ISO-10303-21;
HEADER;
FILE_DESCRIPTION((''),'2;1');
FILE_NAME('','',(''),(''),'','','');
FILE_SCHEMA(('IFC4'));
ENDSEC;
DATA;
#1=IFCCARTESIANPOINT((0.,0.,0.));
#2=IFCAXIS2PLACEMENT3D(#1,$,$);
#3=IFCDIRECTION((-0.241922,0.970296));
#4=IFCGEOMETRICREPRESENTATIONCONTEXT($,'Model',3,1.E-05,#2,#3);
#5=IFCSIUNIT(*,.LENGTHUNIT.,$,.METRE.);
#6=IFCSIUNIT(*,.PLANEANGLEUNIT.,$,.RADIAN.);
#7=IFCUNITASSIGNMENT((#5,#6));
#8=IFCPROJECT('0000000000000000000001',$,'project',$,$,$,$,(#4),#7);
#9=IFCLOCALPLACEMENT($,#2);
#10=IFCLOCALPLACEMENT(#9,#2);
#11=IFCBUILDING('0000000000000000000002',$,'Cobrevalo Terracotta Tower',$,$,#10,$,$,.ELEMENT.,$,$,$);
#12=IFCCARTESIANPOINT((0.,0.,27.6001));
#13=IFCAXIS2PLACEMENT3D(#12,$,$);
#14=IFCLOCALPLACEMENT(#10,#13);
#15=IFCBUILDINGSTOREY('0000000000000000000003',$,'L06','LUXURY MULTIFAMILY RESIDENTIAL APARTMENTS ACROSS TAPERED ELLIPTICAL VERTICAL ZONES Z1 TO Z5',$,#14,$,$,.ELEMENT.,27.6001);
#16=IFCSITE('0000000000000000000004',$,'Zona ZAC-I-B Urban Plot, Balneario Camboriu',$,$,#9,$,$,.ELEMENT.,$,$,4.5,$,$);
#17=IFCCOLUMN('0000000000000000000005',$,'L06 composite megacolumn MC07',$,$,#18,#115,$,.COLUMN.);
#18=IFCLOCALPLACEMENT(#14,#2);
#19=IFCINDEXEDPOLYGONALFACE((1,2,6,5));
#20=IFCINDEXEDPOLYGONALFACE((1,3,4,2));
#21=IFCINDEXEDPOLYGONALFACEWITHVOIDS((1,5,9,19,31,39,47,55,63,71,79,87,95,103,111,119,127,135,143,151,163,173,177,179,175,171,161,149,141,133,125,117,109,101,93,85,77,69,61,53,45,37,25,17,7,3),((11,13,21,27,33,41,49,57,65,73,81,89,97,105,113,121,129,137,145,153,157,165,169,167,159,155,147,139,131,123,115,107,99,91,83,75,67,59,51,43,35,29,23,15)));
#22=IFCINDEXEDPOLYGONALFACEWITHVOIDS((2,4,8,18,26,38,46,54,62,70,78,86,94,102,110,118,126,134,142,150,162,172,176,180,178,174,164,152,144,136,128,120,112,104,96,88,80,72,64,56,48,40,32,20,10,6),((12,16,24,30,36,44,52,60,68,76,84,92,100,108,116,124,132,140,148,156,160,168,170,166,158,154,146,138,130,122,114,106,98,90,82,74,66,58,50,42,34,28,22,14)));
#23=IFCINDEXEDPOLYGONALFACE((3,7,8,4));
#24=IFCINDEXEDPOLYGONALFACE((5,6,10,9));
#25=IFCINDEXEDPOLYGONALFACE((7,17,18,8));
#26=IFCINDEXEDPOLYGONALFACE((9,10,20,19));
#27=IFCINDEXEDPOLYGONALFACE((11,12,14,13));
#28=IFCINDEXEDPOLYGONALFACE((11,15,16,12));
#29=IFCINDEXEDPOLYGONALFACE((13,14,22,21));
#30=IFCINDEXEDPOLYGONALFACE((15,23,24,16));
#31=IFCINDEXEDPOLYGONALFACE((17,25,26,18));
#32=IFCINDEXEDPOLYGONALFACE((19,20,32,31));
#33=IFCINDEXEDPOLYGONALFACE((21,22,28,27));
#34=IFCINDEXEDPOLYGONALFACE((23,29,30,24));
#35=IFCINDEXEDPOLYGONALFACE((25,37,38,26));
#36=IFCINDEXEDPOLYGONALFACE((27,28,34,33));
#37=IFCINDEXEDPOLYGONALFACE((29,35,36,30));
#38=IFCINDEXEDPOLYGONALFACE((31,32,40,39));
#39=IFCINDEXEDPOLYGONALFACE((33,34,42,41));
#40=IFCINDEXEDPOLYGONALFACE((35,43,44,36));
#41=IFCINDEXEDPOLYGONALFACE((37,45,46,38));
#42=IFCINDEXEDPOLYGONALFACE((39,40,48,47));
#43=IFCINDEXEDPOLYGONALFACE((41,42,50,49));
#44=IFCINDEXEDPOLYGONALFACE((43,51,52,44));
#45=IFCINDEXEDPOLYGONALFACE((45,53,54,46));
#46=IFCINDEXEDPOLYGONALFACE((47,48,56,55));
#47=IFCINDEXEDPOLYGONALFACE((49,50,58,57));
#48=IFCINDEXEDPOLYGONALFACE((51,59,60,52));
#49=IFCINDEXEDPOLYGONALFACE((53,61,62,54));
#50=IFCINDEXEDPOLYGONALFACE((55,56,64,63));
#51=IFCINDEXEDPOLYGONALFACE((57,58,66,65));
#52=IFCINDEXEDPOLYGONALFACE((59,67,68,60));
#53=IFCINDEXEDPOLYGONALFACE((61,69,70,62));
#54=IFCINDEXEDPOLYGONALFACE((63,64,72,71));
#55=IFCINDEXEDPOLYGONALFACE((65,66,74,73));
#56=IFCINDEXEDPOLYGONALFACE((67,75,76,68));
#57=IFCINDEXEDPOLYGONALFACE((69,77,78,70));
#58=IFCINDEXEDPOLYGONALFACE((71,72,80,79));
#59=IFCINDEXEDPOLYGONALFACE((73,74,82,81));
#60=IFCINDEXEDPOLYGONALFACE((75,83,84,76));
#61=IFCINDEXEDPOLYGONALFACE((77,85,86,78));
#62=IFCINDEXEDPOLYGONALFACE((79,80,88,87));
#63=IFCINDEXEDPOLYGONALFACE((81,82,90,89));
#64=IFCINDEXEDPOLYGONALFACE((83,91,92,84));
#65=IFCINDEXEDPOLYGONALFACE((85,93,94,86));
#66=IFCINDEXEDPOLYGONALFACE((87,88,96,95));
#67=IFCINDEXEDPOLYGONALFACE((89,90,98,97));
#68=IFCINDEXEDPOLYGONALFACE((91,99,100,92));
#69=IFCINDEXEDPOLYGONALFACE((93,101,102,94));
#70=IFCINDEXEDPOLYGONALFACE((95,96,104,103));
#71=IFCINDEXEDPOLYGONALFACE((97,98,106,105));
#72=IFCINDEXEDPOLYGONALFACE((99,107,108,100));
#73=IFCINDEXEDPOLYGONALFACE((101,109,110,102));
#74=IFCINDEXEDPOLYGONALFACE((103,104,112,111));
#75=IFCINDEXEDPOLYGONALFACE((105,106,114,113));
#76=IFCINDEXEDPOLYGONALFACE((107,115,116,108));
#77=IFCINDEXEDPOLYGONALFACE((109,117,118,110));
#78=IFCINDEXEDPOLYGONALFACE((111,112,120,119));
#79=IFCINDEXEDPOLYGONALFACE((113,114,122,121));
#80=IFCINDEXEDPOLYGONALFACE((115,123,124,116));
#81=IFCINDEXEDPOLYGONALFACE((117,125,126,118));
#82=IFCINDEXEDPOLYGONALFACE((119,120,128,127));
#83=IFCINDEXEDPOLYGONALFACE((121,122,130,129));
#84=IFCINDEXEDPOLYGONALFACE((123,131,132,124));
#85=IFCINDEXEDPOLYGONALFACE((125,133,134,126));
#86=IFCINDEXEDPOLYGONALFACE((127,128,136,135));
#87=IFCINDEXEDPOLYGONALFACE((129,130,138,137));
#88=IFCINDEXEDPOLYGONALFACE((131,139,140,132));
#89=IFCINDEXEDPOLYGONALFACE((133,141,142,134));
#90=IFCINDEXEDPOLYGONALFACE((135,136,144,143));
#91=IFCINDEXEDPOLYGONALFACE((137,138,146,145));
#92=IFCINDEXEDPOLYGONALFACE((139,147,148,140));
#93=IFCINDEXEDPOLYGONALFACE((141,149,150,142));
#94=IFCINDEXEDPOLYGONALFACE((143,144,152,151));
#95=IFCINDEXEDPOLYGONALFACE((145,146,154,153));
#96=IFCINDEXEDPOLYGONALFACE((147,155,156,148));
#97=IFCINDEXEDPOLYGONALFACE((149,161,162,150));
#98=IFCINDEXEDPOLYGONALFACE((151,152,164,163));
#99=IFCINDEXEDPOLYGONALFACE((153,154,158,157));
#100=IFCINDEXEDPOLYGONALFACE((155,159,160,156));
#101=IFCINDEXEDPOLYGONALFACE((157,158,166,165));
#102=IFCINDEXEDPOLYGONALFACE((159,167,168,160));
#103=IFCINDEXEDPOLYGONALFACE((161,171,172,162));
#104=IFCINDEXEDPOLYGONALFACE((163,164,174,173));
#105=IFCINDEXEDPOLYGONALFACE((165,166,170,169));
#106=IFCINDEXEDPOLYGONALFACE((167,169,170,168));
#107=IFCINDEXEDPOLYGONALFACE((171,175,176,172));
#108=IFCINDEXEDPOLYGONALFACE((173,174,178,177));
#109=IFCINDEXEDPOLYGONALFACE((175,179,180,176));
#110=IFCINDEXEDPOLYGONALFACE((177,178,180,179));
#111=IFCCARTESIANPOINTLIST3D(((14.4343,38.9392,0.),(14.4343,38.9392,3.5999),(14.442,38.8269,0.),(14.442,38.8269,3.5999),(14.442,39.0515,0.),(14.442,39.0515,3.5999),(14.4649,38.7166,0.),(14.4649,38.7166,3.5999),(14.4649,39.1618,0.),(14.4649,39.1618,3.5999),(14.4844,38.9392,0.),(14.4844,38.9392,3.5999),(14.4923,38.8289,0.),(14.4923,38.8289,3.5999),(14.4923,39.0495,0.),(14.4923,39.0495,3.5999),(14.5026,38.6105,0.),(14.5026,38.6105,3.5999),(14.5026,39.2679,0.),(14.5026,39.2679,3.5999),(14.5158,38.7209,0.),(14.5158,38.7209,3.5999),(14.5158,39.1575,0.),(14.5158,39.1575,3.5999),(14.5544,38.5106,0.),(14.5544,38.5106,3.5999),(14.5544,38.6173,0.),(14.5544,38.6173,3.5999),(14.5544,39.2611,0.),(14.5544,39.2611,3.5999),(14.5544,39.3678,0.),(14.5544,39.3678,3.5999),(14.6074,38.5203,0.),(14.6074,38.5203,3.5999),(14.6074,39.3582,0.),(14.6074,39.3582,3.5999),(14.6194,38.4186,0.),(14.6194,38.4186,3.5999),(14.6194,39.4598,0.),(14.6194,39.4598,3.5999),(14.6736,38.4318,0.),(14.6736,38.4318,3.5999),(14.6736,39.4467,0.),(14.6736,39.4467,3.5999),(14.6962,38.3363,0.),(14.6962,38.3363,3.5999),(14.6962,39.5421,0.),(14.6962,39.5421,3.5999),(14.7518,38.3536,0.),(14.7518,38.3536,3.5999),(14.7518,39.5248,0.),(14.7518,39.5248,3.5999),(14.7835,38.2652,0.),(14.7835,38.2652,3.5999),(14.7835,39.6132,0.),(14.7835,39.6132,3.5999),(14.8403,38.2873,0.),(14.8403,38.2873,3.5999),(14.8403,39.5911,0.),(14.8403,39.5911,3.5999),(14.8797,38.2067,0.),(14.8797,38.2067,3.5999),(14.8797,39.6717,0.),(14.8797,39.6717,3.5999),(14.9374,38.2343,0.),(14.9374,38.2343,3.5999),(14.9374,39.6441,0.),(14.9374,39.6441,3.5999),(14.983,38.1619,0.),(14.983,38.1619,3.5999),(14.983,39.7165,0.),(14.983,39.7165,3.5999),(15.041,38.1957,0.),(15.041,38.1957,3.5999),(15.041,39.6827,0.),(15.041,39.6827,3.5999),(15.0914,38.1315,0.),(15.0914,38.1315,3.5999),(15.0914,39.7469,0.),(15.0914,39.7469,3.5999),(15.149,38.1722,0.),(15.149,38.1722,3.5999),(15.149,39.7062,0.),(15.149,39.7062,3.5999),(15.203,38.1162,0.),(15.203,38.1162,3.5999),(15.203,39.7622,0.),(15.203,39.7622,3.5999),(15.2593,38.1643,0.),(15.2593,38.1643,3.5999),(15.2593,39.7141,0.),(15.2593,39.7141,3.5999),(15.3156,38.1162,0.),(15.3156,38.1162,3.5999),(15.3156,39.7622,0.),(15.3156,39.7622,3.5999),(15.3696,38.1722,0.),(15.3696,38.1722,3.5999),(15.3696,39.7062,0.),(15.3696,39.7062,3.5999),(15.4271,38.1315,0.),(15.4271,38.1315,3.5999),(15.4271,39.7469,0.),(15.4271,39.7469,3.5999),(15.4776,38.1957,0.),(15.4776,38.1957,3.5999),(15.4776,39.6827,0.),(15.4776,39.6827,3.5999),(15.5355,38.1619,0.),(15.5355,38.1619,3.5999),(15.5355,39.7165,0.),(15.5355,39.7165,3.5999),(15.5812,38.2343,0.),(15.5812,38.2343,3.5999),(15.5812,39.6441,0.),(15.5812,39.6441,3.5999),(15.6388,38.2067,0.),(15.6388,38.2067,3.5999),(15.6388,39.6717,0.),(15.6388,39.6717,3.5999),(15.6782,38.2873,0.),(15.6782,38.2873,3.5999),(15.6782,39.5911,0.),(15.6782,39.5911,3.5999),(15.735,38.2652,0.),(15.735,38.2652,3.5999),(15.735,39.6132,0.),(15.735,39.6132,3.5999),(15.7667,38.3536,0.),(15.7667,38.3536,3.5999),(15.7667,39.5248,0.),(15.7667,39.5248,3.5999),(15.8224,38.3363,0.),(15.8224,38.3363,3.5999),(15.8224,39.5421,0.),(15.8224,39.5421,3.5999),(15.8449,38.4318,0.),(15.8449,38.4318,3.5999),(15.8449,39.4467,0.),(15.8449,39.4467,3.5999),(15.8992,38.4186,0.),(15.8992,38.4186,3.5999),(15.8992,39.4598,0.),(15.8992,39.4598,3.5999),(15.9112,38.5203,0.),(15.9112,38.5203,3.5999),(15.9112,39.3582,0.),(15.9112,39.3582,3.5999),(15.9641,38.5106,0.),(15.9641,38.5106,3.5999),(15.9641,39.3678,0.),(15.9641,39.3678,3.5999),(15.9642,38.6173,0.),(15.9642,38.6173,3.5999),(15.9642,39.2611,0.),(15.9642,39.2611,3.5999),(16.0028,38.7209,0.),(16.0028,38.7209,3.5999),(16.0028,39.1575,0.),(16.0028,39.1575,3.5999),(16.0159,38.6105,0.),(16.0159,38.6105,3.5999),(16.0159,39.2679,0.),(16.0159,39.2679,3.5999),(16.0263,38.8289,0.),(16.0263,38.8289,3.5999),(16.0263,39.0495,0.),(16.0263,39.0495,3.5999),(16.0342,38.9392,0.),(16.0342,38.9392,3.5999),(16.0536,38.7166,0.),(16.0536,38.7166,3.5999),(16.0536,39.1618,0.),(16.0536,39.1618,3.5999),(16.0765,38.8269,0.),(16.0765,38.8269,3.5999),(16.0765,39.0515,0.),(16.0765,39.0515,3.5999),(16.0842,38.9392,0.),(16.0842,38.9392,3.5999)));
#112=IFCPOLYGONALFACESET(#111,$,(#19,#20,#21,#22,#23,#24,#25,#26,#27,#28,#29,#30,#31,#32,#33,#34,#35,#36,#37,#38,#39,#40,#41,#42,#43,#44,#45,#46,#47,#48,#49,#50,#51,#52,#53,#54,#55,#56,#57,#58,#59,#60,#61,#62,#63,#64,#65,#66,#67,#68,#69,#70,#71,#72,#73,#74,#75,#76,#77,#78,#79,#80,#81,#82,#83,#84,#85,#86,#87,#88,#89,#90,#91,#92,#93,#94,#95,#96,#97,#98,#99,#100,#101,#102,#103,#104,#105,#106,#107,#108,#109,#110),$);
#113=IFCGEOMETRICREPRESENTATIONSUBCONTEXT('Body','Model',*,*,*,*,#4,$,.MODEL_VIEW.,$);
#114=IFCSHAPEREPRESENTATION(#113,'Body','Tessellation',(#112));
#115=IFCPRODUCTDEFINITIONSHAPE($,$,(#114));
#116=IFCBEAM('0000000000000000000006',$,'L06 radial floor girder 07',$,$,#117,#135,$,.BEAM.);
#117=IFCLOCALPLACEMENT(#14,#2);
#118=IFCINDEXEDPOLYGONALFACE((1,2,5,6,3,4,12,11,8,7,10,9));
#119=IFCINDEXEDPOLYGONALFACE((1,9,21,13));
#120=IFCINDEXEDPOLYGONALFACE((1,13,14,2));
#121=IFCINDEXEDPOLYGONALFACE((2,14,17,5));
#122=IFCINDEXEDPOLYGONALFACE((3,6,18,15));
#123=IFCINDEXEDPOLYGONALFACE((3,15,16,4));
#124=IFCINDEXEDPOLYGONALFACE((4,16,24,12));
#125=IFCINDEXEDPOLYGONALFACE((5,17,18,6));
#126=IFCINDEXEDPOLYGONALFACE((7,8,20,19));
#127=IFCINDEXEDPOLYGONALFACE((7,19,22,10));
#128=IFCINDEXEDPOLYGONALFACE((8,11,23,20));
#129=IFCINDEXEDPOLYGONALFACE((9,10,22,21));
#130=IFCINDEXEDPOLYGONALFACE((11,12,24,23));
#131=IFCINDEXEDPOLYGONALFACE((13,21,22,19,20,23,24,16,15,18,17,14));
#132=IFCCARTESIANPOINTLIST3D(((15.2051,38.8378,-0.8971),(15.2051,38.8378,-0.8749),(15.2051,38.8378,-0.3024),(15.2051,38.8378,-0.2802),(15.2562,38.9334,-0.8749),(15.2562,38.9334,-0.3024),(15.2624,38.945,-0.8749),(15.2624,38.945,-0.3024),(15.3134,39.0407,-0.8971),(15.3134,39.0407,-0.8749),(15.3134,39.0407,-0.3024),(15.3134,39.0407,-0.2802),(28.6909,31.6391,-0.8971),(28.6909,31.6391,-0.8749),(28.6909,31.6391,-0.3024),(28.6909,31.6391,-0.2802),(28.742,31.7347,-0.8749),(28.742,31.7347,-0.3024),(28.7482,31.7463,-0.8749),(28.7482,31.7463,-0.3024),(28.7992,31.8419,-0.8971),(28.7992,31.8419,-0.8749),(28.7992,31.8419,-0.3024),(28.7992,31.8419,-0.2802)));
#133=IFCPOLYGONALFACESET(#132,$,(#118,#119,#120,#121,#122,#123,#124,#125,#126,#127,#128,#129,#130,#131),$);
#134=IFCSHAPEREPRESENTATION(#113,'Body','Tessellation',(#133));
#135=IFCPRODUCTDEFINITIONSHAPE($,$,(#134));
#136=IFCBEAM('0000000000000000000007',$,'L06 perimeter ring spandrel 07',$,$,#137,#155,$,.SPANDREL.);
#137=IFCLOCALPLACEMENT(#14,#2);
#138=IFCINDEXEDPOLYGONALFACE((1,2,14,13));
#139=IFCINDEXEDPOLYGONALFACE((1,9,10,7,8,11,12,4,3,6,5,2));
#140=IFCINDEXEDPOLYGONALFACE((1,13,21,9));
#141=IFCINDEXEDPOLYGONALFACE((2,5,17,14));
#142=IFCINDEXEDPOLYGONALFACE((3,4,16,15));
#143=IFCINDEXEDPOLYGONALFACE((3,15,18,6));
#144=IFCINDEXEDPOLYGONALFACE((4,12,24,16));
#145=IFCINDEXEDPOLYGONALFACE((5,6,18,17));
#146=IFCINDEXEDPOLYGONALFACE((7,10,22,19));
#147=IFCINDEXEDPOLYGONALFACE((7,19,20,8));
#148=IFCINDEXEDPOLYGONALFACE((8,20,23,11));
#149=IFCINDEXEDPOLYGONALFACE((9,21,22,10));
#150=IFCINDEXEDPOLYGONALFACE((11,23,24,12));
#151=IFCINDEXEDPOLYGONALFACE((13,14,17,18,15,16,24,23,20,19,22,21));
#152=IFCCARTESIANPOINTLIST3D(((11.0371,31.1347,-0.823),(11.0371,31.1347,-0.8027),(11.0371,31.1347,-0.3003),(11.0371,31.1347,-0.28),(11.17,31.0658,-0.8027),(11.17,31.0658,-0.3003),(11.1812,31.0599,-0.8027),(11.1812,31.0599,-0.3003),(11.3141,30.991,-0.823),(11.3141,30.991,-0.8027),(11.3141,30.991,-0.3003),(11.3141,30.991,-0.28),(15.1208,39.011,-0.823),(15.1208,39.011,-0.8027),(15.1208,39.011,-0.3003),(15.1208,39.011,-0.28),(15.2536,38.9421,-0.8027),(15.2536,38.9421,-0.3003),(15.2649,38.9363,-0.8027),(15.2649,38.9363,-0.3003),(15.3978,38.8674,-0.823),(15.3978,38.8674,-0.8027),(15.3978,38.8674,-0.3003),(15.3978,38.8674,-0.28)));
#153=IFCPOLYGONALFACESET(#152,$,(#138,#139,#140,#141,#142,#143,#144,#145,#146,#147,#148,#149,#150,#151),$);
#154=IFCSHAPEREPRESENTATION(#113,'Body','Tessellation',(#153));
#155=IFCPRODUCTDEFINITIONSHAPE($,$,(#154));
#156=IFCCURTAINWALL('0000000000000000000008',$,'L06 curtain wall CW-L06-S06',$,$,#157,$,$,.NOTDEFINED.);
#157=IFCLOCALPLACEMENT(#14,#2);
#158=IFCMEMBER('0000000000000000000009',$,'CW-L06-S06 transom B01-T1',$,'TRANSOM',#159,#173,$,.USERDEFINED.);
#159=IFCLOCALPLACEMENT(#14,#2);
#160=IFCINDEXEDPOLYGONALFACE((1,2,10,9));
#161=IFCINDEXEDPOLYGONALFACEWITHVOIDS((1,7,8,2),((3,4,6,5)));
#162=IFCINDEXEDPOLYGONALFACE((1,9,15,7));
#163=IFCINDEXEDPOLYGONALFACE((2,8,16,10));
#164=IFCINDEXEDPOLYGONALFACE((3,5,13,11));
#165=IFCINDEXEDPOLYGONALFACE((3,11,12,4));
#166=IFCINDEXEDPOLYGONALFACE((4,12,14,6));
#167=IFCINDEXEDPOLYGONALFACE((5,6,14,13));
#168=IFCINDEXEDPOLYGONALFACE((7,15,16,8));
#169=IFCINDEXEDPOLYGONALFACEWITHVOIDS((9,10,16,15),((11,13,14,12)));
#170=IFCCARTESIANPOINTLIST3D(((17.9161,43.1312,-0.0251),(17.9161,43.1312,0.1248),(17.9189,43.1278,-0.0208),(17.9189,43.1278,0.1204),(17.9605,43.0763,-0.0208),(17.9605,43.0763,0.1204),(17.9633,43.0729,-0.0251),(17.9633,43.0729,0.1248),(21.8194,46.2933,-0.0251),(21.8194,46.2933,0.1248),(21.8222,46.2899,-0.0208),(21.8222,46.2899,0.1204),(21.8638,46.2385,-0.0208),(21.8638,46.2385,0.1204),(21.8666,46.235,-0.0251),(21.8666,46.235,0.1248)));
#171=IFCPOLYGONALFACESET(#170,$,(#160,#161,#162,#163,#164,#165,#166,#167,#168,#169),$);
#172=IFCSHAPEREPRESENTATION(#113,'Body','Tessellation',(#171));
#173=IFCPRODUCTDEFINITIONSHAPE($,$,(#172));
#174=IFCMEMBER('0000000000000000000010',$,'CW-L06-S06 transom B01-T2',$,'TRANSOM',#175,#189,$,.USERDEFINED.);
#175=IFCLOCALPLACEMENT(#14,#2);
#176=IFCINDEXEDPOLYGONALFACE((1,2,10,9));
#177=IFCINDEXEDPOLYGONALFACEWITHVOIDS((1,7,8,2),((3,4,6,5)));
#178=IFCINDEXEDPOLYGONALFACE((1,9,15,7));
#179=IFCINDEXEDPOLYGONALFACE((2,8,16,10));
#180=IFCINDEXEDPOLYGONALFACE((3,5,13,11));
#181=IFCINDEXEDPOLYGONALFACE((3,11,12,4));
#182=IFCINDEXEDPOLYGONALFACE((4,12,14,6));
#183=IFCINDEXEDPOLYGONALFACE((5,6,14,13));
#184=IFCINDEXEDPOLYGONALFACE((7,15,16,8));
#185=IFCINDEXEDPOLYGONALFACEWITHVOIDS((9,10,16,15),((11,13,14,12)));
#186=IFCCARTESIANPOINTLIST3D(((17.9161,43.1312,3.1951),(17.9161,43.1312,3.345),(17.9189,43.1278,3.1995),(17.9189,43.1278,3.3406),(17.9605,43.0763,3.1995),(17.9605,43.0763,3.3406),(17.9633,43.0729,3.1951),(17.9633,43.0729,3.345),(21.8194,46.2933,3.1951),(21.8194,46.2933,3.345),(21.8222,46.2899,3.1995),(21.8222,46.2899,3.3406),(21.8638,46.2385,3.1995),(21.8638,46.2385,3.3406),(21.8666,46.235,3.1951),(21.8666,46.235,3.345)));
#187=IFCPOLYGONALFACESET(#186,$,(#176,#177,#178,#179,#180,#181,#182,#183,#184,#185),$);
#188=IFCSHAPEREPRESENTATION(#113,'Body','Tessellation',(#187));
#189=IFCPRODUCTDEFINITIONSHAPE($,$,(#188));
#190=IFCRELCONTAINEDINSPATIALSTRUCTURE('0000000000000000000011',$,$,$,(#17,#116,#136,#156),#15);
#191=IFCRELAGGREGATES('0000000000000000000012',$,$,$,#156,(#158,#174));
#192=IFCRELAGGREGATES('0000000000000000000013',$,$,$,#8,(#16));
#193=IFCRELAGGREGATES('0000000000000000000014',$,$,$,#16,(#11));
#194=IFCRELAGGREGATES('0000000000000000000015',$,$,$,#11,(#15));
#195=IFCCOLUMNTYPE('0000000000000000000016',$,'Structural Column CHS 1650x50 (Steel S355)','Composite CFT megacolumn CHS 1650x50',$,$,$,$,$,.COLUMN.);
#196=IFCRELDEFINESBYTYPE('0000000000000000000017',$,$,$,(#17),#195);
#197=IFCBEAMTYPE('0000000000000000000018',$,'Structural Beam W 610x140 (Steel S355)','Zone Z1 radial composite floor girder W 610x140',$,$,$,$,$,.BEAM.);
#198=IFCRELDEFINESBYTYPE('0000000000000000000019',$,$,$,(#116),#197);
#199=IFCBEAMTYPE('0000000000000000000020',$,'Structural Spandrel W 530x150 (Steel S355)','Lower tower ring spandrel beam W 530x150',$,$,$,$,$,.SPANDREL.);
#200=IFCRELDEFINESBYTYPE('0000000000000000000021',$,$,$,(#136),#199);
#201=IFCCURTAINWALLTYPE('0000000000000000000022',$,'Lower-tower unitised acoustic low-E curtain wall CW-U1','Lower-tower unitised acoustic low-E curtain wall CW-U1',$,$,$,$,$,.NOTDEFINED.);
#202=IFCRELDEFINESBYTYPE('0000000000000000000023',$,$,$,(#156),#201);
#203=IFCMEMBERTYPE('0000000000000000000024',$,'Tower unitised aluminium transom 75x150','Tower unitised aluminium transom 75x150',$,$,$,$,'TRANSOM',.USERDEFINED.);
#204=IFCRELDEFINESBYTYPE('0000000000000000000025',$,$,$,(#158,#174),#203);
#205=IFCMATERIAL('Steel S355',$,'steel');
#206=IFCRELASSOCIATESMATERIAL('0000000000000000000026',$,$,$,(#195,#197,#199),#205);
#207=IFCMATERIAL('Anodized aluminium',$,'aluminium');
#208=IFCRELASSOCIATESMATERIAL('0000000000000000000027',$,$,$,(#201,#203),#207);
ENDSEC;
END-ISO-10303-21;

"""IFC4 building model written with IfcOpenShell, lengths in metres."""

from ifc_helpers import new_model, si_unit, direction, frame, origin, origin_2d, place, context, subcontext, project, spatial, hollow_rectangle, hollow_circle, i_section, extrude, source, transform, mapped, material, material_profile, profile_set, type_object, element, aggregate, save


model = new_model("IFC4")

# Units and contexts
model_context = context("Model", 3, precision=1e-05, world=origin(), true_north=direction((-0.241922, 0.970296)))
body_context = subcontext(model_context, "Body", "Model", "MODEL_VIEW")
ifc_project = project(units=[si_unit("LENGTHUNIT", "METRE"), si_unit("PLANEANGLEUNIT", "RADIAN")], contexts=[model_context])

# Site, building, storey
site_placement = place(None, origin())
site = spatial("IfcSite", under=ifc_project, at=site_placement, Name="Zona ZAC-I-B Urban Plot, Balneario Camboriu", CompositionType="ELEMENT", RefElevation=4.5)
building_placement = place(site_placement, origin())
building = spatial("IfcBuilding", under=site, at=building_placement, Name="Cobrevalo Terracotta Tower", CompositionType="ELEMENT")
storey_placement = place(building_placement, frame((0.0, 0.0, 27.6001)))
storey = spatial("IfcBuildingStorey", under=building, at=storey_placement, Name="L06", Description="LUXURY MULTIFAMILY RESIDENTIAL APARTMENTS ACROSS TAPERED ELLIPTICAL VERTICAL ZONES Z1 TO Z5", CompositionType="ELEMENT", Elevation=27.6001)

# Column
ifc_material_1 = material(Name="Steel S355", Category="steel")
ifc_material_profile_1 = material_profile(ifc_material_1, hollow_circle(Radius=0.825, WallThickness=0.05, at=origin_2d()), Name="CHS 1650x50")
ifc_profile_set_1 = profile_set([ifc_material_profile_1], Name="Steel S355")
column_type = type_object("IfcColumnType", Name="Structural Column CHS 1650x50 (Steel S355)", Description="Composite CFT megacolumn CHS 1650x50", PredefinedType="COLUMN", material=ifc_profile_set_1)
column_placement = place(storey_placement, frame((15.2593, 38.9392, 0.0), z_axis=(0.0, 0.0, 1.0), x_axis=(1.0, 0.0, 0.0)))
element("IfcColumn", 1, at=column_placement, inside=storey, type_object=column_type, Name="L06 composite megacolumn MC07", PredefinedType="COLUMN", context=body_context, shape_type="SweptSolid", body=[
    extrude(hollow_circle(Radius=0.825, WallThickness=0.05, at=origin_2d()), origin(), (0.0, 0.0, 1.0), 3.5999),
])

# Beams
ifc_material_profile_2 = material_profile(ifc_material_1, i_section(OverallWidth=0.23, OverallDepth=0.6169, WebThickness=0.0132, FlangeThickness=0.0222, at=origin_2d()), Name="W 610x140")
ifc_profile_set_2 = profile_set([ifc_material_profile_2], Name="Steel S355")
beam_type_1 = type_object("IfcBeamType", Name="Structural Beam W 610x140 (Steel S355)", Description="Zone Z1 radial composite floor girder W 610x140", PredefinedType="BEAM", material=ifc_profile_set_2)
beam_1_placement = place(storey_placement, frame((15.2593, 38.9392, -0.5886), z_axis=(0.882182, -0.470908, 0.0), x_axis=(0.470908, 0.882182, 0.0)))
element("IfcBeam", 2, at=beam_1_placement, inside=storey, type_object=beam_type_1, Name="L06 radial floor girder 07", PredefinedType="BEAM", context=body_context, shape_type="SweptSolid", body=[
    extrude(i_section(OverallWidth=0.23, OverallDepth=0.6169, WebThickness=0.0132, FlangeThickness=0.0222, at=origin_2d()), origin(), (0.0, 0.0, 1.0), 15.2869),
])
ifc_material_profile_3 = material_profile(ifc_material_1, i_section(OverallWidth=0.312, OverallDepth=0.543, WebThickness=0.0127, FlangeThickness=0.0203, at=origin_2d()), Name="W 530x150")
ifc_profile_set_3 = profile_set([ifc_material_profile_3], Name="Steel S355")
beam_type_2 = type_object("IfcBeamType", Name="Structural Spandrel W 530x150 (Steel S355)", Description="Lower tower ring spandrel beam W 530x150", PredefinedType="SPANDREL", material=ifc_profile_set_3)
beam_2_placement = place(storey_placement, frame((15.2593, 38.9392, -0.5515), z_axis=(-0.460286, -0.887771, 0.0), x_axis=(0.887771, -0.460286, 0.0)))
element("IfcBeam", 3, at=beam_2_placement, inside=storey, type_object=beam_type_2, Name="L06 perimeter ring spandrel 07", PredefinedType="SPANDREL", context=body_context, shape_type="SweptSolid", body=[
    extrude(i_section(OverallWidth=0.312, OverallDepth=0.543, WebThickness=0.0127, FlangeThickness=0.0203, at=origin_2d()), origin(), (0.0, 0.0, 1.0), 8.8721),
])

# Curtain wall, members
ifc_material_2 = material(Name="Anodized aluminium", Category="aluminium")
curtain_wall_type = type_object("IfcCurtainWallType", Name="Lower-tower unitised acoustic low-E curtain wall CW-U1", Description="Lower-tower unitised acoustic low-E curtain wall CW-U1", PredefinedType="NOTDEFINED", material=ifc_material_2)
curtain_wall_1_placement = place(storey_placement, origin())
curtain_wall_1 = element("IfcCurtainWall", 4, at=curtain_wall_1_placement, inside=storey, type_object=curtain_wall_type, Name="L06 curtain wall CW-L06-S06", PredefinedType="NOTDEFINED")
ifc_material_profile_4 = material_profile(ifc_material_2, hollow_rectangle(XDim=0.075, YDim=0.1499, WallThickness=0.0044, at=origin_2d()), Name="CWT 75x150")
ifc_profile_set_4 = profile_set([ifc_material_profile_4], Name="Anodized aluminium")
member_type_1 = type_object("IfcMemberType", Name="Tower unitised aluminium transom 75x150", Description="Tower unitised aluminium transom 75x150", ElementType="TRANSOM", PredefinedType="USERDEFINED", material=ifc_profile_set_4)
shared_shape_1 = source(origin(), body_context, "Body", "SweptSolid", [
    extrude(hollow_rectangle(XDim=0.075, YDim=0.1499, WallThickness=0.0044, at=origin_2d()), origin(), (0.0, 0.0, 1.0), 5.0234),
])
member_1_placement = place(storey_placement, frame((21.843, 46.2642, 0.0498), z_axis=(-0.777023, -0.629472, 0.0), x_axis=(0.629472, -0.777023, 0.0)))
member_1 = element("IfcMember", 5, at=member_1_placement, type_object=member_type_1, Name="CW-L06-S06 transom B01-T1", ObjectType="TRANSOM", PredefinedType="USERDEFINED", context=body_context, shape_type="MappedRepresentation", body=[
    mapped(shared_shape_1, transform((0.0, 0.0, 0.0), scale=1.0)),
])
member_2_placement = place(storey_placement, frame((21.843, 46.2642, 3.27), z_axis=(-0.777023, -0.629472, 0.0), x_axis=(0.629472, -0.777023, 0.0)))
member_2 = element("IfcMember", 6, at=member_2_placement, type_object=member_type_1, Name="CW-L06-S06 transom B01-T2", ObjectType="TRANSOM", PredefinedType="USERDEFINED", context=body_context, shape_type="MappedRepresentation", body=[
    mapped(shared_shape_1, transform((0.0, 0.0, 0.0), scale=1.0)),
])

aggregate(curtain_wall_1, [member_1, member_2])

save(model, "model.ifc")
